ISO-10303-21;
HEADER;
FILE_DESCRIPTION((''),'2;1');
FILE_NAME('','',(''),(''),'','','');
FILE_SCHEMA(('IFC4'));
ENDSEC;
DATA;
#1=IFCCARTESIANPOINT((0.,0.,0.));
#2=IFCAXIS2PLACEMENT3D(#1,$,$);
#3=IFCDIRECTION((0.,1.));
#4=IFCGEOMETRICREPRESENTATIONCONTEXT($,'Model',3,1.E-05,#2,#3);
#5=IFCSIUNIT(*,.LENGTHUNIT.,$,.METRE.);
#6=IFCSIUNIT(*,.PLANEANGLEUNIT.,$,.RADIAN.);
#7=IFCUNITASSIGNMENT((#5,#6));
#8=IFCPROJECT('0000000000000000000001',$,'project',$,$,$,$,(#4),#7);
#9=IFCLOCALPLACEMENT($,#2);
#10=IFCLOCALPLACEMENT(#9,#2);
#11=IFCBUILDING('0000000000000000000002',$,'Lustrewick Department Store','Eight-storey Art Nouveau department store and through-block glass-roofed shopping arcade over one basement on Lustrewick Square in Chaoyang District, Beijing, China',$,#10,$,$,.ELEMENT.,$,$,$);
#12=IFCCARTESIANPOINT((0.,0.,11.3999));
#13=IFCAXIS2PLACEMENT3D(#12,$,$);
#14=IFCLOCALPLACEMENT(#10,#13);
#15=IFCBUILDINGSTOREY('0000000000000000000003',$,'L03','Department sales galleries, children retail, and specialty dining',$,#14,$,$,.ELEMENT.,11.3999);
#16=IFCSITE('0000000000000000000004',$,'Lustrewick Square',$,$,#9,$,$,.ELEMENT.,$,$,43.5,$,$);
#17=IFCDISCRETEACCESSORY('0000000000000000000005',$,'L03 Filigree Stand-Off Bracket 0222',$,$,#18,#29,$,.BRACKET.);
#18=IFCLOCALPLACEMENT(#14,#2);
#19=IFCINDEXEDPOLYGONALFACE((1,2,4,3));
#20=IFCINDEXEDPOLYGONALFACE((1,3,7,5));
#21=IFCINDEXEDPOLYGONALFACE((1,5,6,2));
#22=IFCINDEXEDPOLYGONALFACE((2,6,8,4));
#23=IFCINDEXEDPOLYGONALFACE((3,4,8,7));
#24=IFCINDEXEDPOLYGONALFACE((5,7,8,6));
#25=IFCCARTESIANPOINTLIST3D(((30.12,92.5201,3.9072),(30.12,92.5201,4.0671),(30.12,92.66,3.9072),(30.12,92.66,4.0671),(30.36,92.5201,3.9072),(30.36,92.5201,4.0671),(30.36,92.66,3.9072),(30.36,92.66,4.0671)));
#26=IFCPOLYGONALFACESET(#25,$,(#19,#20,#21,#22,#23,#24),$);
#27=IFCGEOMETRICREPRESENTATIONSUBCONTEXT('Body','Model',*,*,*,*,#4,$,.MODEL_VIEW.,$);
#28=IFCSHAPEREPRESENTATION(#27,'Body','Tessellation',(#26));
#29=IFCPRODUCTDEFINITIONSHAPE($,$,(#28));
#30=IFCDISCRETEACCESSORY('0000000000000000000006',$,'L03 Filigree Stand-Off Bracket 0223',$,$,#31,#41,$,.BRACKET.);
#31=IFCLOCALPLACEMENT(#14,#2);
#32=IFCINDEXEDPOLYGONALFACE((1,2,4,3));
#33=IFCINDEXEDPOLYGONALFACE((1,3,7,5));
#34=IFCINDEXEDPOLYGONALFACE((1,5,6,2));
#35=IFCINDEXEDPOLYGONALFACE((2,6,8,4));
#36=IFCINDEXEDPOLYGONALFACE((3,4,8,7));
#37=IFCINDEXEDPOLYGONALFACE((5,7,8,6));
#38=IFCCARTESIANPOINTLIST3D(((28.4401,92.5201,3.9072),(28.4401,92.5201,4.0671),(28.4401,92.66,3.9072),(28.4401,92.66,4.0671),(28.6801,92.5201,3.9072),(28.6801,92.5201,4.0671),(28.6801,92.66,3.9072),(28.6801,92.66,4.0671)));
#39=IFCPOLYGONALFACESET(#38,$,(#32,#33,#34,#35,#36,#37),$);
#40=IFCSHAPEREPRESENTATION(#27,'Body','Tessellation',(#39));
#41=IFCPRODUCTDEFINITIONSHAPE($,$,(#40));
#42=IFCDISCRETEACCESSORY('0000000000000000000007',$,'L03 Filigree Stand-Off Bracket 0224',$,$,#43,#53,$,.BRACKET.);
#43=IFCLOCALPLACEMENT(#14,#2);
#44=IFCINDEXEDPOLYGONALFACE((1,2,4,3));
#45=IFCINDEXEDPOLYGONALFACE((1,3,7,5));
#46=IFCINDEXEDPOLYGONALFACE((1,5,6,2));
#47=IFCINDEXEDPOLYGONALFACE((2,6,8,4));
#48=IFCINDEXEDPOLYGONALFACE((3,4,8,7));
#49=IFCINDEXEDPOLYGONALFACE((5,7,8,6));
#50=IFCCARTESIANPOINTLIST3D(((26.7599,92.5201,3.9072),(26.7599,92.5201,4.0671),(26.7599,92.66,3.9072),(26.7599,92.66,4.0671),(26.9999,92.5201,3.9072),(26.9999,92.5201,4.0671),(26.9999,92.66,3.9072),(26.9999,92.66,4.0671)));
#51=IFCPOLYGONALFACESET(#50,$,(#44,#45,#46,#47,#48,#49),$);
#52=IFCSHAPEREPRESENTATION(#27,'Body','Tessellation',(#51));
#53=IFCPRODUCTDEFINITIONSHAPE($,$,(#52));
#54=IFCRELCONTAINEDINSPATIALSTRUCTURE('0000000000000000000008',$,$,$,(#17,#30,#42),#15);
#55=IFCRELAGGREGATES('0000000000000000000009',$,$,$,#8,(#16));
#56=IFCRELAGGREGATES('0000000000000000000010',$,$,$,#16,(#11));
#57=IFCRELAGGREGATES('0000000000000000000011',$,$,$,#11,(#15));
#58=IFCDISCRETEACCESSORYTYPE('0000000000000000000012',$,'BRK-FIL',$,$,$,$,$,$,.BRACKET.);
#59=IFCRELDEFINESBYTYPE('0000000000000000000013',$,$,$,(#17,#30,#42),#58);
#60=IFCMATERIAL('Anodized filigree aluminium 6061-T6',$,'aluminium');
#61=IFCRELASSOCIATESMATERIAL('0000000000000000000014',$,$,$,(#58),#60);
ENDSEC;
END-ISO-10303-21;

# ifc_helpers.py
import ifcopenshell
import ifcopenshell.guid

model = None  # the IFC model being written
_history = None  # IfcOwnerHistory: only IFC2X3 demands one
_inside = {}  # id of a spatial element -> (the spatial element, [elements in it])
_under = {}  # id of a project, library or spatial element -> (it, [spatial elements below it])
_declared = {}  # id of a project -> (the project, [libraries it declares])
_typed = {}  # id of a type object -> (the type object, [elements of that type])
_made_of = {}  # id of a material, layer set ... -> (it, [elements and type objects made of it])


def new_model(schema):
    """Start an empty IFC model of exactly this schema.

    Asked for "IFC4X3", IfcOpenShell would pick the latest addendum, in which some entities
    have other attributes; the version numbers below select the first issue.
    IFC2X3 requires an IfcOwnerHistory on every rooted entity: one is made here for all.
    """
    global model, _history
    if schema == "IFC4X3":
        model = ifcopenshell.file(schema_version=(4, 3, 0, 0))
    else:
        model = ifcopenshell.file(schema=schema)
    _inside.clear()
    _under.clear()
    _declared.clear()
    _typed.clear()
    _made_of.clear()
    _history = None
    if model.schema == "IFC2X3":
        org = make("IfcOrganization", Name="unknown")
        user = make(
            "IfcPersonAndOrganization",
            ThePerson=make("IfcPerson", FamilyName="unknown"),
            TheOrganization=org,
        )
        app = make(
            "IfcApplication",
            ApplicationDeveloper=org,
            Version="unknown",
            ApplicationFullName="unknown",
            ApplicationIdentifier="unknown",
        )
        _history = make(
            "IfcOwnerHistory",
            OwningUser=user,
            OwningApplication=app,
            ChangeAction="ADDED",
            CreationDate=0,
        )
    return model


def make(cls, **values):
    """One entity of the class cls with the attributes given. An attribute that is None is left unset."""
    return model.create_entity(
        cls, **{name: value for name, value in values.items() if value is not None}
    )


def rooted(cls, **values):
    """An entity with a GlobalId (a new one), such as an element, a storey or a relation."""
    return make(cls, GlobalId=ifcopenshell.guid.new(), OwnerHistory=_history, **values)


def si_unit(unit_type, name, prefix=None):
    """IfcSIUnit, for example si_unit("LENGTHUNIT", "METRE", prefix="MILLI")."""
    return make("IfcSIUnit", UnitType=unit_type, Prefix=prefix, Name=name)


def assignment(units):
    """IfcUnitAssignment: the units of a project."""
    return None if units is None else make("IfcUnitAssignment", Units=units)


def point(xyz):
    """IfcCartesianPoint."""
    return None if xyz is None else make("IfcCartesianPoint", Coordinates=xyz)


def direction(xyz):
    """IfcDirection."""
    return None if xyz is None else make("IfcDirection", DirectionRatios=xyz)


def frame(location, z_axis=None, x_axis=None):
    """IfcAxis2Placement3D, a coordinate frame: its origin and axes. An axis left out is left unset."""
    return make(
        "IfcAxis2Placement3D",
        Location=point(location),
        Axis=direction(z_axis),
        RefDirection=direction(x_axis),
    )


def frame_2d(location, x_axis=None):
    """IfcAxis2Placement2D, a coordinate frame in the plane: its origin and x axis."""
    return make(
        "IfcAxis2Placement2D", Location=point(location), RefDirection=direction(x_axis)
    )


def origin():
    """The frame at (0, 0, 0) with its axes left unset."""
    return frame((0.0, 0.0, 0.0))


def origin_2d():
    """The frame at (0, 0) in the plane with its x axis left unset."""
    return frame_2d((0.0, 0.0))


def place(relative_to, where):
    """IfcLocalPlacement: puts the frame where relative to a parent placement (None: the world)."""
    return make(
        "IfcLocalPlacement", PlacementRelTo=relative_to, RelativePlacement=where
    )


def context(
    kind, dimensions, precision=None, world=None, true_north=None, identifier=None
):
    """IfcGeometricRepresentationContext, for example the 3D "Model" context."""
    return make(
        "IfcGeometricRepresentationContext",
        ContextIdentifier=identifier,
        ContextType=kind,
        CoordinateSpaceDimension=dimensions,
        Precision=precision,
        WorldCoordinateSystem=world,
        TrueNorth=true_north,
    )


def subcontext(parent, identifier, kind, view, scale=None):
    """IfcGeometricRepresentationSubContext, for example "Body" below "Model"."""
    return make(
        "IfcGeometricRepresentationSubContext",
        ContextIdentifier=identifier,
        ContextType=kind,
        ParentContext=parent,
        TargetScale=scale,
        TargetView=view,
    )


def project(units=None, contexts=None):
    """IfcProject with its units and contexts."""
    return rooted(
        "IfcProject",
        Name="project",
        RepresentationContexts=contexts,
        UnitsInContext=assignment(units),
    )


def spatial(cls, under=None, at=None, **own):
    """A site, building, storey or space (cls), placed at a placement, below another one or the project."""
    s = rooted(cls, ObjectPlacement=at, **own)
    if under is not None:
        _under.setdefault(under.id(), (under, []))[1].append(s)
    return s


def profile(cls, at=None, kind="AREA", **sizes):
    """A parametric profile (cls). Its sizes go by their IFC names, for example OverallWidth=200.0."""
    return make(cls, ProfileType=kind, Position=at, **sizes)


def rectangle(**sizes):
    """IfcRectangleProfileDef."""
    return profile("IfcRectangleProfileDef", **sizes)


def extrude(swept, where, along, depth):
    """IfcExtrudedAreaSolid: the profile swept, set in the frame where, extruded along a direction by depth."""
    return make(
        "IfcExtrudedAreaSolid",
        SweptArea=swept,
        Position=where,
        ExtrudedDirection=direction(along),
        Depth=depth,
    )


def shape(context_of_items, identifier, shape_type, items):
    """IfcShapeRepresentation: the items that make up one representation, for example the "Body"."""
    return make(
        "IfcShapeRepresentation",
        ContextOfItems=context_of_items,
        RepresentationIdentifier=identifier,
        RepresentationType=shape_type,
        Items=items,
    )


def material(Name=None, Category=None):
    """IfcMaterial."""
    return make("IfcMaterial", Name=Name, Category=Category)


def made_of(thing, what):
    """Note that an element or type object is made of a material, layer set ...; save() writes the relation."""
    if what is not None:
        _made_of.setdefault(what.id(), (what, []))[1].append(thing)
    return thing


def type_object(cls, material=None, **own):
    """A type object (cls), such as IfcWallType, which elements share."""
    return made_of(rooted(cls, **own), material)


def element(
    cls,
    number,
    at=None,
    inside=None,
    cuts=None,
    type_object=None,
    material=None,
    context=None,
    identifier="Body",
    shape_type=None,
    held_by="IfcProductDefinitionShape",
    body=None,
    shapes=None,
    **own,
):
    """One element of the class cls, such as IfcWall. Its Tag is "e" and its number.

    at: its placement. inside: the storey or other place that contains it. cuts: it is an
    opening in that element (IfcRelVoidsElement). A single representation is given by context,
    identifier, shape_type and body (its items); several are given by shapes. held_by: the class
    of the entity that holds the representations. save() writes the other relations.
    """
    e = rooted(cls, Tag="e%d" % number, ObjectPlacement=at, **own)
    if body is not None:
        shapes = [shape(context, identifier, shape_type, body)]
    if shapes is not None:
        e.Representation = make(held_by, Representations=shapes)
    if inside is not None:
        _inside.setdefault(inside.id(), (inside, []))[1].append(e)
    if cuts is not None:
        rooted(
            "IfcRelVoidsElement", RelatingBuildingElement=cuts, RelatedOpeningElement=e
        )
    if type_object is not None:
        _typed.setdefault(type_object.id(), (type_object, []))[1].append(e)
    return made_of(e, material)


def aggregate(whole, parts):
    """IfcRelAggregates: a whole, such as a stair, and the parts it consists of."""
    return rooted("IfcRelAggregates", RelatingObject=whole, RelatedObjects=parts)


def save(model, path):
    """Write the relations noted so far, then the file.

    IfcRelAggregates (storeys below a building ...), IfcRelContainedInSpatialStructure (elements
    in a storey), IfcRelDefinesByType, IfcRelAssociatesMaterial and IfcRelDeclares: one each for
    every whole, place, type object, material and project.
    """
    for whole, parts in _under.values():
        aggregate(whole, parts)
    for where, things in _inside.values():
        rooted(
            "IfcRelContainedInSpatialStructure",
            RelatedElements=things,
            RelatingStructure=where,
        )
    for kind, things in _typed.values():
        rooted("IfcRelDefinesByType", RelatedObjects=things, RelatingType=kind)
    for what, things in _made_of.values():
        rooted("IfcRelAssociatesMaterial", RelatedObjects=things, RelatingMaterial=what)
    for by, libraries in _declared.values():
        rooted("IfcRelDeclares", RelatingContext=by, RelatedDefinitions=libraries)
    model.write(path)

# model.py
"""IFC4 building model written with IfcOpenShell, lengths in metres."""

from ifc_helpers import new_model, si_unit, direction, frame, origin, origin_2d, place, context, subcontext, project, spatial, rectangle, extrude, material, type_object, element, save


model = new_model("IFC4")

# Units and contexts
model_context = context("Model", 3, precision=1e-05, world=origin(), true_north=direction((0.0, 1.0)))
body_context = subcontext(model_context, "Body", "Model", "MODEL_VIEW")
ifc_project = project(units=[si_unit("LENGTHUNIT", "METRE"), si_unit("PLANEANGLEUNIT", "RADIAN")], contexts=[model_context])

# Site, building, storey
site_placement = place(None, origin())
site = spatial("IfcSite", under=ifc_project, at=site_placement, Name="Lustrewick Square", CompositionType="ELEMENT", RefElevation=43.5)
building_placement = place(site_placement, origin())
building = spatial("IfcBuilding", under=site, at=building_placement, Name="Lustrewick Department Store", Description="Eight-storey Art Nouveau department store and through-block glass-roofed shopping arcade over one basement on Lustrewick Square in Chaoyang District, Beijing, China", CompositionType="ELEMENT")
storey_placement = place(building_placement, frame((0.0, 0.0, 11.3999)))
storey = spatial("IfcBuildingStorey", under=building, at=storey_placement, Name="L03", Description="Department sales galleries, children retail, and specialty dining", CompositionType="ELEMENT", Elevation=11.3999)

# Discrete accessories
ifc_material_1 = material(Name="Anodized filigree aluminium 6061-T6", Category="aluminium")
discrete_accessory_type = type_object("IfcDiscreteAccessoryType", Name="BRK-FIL", PredefinedType="BRACKET", material=ifc_material_1)
for number, where, z_axis, x_axis, name in (
    (1, (30.24, 92.5901, 3.9072), (0.0, 0.0, 1.0), (-1.0, 0.0, 0.0), "L03 Filigree Stand-Off Bracket 0222"),
    (2, (28.5601, 92.5901, 3.9072), (0.0, 0.0, 1.0), (-1.0, 0.0, 0.0), "L03 Filigree Stand-Off Bracket 0223"),
    (3, (26.8799, 92.5901, 3.9072), (0.0, 0.0, 1.0), (-1.0, 0.0, 0.0), "L03 Filigree Stand-Off Bracket 0224"),
):
    element("IfcDiscreteAccessory", number, at=place(storey_placement, frame(where, z_axis=z_axis, x_axis=x_axis)), inside=storey, type_object=discrete_accessory_type, Name=name, PredefinedType="BRACKET", context=body_context, shape_type="SweptSolid", body=[
        extrude(rectangle(XDim=0.24, YDim=0.1399, at=origin_2d()), origin(), (0.0, 0.0, 1.0), 0.1599),
    ])

save(model, "model.ifc")
